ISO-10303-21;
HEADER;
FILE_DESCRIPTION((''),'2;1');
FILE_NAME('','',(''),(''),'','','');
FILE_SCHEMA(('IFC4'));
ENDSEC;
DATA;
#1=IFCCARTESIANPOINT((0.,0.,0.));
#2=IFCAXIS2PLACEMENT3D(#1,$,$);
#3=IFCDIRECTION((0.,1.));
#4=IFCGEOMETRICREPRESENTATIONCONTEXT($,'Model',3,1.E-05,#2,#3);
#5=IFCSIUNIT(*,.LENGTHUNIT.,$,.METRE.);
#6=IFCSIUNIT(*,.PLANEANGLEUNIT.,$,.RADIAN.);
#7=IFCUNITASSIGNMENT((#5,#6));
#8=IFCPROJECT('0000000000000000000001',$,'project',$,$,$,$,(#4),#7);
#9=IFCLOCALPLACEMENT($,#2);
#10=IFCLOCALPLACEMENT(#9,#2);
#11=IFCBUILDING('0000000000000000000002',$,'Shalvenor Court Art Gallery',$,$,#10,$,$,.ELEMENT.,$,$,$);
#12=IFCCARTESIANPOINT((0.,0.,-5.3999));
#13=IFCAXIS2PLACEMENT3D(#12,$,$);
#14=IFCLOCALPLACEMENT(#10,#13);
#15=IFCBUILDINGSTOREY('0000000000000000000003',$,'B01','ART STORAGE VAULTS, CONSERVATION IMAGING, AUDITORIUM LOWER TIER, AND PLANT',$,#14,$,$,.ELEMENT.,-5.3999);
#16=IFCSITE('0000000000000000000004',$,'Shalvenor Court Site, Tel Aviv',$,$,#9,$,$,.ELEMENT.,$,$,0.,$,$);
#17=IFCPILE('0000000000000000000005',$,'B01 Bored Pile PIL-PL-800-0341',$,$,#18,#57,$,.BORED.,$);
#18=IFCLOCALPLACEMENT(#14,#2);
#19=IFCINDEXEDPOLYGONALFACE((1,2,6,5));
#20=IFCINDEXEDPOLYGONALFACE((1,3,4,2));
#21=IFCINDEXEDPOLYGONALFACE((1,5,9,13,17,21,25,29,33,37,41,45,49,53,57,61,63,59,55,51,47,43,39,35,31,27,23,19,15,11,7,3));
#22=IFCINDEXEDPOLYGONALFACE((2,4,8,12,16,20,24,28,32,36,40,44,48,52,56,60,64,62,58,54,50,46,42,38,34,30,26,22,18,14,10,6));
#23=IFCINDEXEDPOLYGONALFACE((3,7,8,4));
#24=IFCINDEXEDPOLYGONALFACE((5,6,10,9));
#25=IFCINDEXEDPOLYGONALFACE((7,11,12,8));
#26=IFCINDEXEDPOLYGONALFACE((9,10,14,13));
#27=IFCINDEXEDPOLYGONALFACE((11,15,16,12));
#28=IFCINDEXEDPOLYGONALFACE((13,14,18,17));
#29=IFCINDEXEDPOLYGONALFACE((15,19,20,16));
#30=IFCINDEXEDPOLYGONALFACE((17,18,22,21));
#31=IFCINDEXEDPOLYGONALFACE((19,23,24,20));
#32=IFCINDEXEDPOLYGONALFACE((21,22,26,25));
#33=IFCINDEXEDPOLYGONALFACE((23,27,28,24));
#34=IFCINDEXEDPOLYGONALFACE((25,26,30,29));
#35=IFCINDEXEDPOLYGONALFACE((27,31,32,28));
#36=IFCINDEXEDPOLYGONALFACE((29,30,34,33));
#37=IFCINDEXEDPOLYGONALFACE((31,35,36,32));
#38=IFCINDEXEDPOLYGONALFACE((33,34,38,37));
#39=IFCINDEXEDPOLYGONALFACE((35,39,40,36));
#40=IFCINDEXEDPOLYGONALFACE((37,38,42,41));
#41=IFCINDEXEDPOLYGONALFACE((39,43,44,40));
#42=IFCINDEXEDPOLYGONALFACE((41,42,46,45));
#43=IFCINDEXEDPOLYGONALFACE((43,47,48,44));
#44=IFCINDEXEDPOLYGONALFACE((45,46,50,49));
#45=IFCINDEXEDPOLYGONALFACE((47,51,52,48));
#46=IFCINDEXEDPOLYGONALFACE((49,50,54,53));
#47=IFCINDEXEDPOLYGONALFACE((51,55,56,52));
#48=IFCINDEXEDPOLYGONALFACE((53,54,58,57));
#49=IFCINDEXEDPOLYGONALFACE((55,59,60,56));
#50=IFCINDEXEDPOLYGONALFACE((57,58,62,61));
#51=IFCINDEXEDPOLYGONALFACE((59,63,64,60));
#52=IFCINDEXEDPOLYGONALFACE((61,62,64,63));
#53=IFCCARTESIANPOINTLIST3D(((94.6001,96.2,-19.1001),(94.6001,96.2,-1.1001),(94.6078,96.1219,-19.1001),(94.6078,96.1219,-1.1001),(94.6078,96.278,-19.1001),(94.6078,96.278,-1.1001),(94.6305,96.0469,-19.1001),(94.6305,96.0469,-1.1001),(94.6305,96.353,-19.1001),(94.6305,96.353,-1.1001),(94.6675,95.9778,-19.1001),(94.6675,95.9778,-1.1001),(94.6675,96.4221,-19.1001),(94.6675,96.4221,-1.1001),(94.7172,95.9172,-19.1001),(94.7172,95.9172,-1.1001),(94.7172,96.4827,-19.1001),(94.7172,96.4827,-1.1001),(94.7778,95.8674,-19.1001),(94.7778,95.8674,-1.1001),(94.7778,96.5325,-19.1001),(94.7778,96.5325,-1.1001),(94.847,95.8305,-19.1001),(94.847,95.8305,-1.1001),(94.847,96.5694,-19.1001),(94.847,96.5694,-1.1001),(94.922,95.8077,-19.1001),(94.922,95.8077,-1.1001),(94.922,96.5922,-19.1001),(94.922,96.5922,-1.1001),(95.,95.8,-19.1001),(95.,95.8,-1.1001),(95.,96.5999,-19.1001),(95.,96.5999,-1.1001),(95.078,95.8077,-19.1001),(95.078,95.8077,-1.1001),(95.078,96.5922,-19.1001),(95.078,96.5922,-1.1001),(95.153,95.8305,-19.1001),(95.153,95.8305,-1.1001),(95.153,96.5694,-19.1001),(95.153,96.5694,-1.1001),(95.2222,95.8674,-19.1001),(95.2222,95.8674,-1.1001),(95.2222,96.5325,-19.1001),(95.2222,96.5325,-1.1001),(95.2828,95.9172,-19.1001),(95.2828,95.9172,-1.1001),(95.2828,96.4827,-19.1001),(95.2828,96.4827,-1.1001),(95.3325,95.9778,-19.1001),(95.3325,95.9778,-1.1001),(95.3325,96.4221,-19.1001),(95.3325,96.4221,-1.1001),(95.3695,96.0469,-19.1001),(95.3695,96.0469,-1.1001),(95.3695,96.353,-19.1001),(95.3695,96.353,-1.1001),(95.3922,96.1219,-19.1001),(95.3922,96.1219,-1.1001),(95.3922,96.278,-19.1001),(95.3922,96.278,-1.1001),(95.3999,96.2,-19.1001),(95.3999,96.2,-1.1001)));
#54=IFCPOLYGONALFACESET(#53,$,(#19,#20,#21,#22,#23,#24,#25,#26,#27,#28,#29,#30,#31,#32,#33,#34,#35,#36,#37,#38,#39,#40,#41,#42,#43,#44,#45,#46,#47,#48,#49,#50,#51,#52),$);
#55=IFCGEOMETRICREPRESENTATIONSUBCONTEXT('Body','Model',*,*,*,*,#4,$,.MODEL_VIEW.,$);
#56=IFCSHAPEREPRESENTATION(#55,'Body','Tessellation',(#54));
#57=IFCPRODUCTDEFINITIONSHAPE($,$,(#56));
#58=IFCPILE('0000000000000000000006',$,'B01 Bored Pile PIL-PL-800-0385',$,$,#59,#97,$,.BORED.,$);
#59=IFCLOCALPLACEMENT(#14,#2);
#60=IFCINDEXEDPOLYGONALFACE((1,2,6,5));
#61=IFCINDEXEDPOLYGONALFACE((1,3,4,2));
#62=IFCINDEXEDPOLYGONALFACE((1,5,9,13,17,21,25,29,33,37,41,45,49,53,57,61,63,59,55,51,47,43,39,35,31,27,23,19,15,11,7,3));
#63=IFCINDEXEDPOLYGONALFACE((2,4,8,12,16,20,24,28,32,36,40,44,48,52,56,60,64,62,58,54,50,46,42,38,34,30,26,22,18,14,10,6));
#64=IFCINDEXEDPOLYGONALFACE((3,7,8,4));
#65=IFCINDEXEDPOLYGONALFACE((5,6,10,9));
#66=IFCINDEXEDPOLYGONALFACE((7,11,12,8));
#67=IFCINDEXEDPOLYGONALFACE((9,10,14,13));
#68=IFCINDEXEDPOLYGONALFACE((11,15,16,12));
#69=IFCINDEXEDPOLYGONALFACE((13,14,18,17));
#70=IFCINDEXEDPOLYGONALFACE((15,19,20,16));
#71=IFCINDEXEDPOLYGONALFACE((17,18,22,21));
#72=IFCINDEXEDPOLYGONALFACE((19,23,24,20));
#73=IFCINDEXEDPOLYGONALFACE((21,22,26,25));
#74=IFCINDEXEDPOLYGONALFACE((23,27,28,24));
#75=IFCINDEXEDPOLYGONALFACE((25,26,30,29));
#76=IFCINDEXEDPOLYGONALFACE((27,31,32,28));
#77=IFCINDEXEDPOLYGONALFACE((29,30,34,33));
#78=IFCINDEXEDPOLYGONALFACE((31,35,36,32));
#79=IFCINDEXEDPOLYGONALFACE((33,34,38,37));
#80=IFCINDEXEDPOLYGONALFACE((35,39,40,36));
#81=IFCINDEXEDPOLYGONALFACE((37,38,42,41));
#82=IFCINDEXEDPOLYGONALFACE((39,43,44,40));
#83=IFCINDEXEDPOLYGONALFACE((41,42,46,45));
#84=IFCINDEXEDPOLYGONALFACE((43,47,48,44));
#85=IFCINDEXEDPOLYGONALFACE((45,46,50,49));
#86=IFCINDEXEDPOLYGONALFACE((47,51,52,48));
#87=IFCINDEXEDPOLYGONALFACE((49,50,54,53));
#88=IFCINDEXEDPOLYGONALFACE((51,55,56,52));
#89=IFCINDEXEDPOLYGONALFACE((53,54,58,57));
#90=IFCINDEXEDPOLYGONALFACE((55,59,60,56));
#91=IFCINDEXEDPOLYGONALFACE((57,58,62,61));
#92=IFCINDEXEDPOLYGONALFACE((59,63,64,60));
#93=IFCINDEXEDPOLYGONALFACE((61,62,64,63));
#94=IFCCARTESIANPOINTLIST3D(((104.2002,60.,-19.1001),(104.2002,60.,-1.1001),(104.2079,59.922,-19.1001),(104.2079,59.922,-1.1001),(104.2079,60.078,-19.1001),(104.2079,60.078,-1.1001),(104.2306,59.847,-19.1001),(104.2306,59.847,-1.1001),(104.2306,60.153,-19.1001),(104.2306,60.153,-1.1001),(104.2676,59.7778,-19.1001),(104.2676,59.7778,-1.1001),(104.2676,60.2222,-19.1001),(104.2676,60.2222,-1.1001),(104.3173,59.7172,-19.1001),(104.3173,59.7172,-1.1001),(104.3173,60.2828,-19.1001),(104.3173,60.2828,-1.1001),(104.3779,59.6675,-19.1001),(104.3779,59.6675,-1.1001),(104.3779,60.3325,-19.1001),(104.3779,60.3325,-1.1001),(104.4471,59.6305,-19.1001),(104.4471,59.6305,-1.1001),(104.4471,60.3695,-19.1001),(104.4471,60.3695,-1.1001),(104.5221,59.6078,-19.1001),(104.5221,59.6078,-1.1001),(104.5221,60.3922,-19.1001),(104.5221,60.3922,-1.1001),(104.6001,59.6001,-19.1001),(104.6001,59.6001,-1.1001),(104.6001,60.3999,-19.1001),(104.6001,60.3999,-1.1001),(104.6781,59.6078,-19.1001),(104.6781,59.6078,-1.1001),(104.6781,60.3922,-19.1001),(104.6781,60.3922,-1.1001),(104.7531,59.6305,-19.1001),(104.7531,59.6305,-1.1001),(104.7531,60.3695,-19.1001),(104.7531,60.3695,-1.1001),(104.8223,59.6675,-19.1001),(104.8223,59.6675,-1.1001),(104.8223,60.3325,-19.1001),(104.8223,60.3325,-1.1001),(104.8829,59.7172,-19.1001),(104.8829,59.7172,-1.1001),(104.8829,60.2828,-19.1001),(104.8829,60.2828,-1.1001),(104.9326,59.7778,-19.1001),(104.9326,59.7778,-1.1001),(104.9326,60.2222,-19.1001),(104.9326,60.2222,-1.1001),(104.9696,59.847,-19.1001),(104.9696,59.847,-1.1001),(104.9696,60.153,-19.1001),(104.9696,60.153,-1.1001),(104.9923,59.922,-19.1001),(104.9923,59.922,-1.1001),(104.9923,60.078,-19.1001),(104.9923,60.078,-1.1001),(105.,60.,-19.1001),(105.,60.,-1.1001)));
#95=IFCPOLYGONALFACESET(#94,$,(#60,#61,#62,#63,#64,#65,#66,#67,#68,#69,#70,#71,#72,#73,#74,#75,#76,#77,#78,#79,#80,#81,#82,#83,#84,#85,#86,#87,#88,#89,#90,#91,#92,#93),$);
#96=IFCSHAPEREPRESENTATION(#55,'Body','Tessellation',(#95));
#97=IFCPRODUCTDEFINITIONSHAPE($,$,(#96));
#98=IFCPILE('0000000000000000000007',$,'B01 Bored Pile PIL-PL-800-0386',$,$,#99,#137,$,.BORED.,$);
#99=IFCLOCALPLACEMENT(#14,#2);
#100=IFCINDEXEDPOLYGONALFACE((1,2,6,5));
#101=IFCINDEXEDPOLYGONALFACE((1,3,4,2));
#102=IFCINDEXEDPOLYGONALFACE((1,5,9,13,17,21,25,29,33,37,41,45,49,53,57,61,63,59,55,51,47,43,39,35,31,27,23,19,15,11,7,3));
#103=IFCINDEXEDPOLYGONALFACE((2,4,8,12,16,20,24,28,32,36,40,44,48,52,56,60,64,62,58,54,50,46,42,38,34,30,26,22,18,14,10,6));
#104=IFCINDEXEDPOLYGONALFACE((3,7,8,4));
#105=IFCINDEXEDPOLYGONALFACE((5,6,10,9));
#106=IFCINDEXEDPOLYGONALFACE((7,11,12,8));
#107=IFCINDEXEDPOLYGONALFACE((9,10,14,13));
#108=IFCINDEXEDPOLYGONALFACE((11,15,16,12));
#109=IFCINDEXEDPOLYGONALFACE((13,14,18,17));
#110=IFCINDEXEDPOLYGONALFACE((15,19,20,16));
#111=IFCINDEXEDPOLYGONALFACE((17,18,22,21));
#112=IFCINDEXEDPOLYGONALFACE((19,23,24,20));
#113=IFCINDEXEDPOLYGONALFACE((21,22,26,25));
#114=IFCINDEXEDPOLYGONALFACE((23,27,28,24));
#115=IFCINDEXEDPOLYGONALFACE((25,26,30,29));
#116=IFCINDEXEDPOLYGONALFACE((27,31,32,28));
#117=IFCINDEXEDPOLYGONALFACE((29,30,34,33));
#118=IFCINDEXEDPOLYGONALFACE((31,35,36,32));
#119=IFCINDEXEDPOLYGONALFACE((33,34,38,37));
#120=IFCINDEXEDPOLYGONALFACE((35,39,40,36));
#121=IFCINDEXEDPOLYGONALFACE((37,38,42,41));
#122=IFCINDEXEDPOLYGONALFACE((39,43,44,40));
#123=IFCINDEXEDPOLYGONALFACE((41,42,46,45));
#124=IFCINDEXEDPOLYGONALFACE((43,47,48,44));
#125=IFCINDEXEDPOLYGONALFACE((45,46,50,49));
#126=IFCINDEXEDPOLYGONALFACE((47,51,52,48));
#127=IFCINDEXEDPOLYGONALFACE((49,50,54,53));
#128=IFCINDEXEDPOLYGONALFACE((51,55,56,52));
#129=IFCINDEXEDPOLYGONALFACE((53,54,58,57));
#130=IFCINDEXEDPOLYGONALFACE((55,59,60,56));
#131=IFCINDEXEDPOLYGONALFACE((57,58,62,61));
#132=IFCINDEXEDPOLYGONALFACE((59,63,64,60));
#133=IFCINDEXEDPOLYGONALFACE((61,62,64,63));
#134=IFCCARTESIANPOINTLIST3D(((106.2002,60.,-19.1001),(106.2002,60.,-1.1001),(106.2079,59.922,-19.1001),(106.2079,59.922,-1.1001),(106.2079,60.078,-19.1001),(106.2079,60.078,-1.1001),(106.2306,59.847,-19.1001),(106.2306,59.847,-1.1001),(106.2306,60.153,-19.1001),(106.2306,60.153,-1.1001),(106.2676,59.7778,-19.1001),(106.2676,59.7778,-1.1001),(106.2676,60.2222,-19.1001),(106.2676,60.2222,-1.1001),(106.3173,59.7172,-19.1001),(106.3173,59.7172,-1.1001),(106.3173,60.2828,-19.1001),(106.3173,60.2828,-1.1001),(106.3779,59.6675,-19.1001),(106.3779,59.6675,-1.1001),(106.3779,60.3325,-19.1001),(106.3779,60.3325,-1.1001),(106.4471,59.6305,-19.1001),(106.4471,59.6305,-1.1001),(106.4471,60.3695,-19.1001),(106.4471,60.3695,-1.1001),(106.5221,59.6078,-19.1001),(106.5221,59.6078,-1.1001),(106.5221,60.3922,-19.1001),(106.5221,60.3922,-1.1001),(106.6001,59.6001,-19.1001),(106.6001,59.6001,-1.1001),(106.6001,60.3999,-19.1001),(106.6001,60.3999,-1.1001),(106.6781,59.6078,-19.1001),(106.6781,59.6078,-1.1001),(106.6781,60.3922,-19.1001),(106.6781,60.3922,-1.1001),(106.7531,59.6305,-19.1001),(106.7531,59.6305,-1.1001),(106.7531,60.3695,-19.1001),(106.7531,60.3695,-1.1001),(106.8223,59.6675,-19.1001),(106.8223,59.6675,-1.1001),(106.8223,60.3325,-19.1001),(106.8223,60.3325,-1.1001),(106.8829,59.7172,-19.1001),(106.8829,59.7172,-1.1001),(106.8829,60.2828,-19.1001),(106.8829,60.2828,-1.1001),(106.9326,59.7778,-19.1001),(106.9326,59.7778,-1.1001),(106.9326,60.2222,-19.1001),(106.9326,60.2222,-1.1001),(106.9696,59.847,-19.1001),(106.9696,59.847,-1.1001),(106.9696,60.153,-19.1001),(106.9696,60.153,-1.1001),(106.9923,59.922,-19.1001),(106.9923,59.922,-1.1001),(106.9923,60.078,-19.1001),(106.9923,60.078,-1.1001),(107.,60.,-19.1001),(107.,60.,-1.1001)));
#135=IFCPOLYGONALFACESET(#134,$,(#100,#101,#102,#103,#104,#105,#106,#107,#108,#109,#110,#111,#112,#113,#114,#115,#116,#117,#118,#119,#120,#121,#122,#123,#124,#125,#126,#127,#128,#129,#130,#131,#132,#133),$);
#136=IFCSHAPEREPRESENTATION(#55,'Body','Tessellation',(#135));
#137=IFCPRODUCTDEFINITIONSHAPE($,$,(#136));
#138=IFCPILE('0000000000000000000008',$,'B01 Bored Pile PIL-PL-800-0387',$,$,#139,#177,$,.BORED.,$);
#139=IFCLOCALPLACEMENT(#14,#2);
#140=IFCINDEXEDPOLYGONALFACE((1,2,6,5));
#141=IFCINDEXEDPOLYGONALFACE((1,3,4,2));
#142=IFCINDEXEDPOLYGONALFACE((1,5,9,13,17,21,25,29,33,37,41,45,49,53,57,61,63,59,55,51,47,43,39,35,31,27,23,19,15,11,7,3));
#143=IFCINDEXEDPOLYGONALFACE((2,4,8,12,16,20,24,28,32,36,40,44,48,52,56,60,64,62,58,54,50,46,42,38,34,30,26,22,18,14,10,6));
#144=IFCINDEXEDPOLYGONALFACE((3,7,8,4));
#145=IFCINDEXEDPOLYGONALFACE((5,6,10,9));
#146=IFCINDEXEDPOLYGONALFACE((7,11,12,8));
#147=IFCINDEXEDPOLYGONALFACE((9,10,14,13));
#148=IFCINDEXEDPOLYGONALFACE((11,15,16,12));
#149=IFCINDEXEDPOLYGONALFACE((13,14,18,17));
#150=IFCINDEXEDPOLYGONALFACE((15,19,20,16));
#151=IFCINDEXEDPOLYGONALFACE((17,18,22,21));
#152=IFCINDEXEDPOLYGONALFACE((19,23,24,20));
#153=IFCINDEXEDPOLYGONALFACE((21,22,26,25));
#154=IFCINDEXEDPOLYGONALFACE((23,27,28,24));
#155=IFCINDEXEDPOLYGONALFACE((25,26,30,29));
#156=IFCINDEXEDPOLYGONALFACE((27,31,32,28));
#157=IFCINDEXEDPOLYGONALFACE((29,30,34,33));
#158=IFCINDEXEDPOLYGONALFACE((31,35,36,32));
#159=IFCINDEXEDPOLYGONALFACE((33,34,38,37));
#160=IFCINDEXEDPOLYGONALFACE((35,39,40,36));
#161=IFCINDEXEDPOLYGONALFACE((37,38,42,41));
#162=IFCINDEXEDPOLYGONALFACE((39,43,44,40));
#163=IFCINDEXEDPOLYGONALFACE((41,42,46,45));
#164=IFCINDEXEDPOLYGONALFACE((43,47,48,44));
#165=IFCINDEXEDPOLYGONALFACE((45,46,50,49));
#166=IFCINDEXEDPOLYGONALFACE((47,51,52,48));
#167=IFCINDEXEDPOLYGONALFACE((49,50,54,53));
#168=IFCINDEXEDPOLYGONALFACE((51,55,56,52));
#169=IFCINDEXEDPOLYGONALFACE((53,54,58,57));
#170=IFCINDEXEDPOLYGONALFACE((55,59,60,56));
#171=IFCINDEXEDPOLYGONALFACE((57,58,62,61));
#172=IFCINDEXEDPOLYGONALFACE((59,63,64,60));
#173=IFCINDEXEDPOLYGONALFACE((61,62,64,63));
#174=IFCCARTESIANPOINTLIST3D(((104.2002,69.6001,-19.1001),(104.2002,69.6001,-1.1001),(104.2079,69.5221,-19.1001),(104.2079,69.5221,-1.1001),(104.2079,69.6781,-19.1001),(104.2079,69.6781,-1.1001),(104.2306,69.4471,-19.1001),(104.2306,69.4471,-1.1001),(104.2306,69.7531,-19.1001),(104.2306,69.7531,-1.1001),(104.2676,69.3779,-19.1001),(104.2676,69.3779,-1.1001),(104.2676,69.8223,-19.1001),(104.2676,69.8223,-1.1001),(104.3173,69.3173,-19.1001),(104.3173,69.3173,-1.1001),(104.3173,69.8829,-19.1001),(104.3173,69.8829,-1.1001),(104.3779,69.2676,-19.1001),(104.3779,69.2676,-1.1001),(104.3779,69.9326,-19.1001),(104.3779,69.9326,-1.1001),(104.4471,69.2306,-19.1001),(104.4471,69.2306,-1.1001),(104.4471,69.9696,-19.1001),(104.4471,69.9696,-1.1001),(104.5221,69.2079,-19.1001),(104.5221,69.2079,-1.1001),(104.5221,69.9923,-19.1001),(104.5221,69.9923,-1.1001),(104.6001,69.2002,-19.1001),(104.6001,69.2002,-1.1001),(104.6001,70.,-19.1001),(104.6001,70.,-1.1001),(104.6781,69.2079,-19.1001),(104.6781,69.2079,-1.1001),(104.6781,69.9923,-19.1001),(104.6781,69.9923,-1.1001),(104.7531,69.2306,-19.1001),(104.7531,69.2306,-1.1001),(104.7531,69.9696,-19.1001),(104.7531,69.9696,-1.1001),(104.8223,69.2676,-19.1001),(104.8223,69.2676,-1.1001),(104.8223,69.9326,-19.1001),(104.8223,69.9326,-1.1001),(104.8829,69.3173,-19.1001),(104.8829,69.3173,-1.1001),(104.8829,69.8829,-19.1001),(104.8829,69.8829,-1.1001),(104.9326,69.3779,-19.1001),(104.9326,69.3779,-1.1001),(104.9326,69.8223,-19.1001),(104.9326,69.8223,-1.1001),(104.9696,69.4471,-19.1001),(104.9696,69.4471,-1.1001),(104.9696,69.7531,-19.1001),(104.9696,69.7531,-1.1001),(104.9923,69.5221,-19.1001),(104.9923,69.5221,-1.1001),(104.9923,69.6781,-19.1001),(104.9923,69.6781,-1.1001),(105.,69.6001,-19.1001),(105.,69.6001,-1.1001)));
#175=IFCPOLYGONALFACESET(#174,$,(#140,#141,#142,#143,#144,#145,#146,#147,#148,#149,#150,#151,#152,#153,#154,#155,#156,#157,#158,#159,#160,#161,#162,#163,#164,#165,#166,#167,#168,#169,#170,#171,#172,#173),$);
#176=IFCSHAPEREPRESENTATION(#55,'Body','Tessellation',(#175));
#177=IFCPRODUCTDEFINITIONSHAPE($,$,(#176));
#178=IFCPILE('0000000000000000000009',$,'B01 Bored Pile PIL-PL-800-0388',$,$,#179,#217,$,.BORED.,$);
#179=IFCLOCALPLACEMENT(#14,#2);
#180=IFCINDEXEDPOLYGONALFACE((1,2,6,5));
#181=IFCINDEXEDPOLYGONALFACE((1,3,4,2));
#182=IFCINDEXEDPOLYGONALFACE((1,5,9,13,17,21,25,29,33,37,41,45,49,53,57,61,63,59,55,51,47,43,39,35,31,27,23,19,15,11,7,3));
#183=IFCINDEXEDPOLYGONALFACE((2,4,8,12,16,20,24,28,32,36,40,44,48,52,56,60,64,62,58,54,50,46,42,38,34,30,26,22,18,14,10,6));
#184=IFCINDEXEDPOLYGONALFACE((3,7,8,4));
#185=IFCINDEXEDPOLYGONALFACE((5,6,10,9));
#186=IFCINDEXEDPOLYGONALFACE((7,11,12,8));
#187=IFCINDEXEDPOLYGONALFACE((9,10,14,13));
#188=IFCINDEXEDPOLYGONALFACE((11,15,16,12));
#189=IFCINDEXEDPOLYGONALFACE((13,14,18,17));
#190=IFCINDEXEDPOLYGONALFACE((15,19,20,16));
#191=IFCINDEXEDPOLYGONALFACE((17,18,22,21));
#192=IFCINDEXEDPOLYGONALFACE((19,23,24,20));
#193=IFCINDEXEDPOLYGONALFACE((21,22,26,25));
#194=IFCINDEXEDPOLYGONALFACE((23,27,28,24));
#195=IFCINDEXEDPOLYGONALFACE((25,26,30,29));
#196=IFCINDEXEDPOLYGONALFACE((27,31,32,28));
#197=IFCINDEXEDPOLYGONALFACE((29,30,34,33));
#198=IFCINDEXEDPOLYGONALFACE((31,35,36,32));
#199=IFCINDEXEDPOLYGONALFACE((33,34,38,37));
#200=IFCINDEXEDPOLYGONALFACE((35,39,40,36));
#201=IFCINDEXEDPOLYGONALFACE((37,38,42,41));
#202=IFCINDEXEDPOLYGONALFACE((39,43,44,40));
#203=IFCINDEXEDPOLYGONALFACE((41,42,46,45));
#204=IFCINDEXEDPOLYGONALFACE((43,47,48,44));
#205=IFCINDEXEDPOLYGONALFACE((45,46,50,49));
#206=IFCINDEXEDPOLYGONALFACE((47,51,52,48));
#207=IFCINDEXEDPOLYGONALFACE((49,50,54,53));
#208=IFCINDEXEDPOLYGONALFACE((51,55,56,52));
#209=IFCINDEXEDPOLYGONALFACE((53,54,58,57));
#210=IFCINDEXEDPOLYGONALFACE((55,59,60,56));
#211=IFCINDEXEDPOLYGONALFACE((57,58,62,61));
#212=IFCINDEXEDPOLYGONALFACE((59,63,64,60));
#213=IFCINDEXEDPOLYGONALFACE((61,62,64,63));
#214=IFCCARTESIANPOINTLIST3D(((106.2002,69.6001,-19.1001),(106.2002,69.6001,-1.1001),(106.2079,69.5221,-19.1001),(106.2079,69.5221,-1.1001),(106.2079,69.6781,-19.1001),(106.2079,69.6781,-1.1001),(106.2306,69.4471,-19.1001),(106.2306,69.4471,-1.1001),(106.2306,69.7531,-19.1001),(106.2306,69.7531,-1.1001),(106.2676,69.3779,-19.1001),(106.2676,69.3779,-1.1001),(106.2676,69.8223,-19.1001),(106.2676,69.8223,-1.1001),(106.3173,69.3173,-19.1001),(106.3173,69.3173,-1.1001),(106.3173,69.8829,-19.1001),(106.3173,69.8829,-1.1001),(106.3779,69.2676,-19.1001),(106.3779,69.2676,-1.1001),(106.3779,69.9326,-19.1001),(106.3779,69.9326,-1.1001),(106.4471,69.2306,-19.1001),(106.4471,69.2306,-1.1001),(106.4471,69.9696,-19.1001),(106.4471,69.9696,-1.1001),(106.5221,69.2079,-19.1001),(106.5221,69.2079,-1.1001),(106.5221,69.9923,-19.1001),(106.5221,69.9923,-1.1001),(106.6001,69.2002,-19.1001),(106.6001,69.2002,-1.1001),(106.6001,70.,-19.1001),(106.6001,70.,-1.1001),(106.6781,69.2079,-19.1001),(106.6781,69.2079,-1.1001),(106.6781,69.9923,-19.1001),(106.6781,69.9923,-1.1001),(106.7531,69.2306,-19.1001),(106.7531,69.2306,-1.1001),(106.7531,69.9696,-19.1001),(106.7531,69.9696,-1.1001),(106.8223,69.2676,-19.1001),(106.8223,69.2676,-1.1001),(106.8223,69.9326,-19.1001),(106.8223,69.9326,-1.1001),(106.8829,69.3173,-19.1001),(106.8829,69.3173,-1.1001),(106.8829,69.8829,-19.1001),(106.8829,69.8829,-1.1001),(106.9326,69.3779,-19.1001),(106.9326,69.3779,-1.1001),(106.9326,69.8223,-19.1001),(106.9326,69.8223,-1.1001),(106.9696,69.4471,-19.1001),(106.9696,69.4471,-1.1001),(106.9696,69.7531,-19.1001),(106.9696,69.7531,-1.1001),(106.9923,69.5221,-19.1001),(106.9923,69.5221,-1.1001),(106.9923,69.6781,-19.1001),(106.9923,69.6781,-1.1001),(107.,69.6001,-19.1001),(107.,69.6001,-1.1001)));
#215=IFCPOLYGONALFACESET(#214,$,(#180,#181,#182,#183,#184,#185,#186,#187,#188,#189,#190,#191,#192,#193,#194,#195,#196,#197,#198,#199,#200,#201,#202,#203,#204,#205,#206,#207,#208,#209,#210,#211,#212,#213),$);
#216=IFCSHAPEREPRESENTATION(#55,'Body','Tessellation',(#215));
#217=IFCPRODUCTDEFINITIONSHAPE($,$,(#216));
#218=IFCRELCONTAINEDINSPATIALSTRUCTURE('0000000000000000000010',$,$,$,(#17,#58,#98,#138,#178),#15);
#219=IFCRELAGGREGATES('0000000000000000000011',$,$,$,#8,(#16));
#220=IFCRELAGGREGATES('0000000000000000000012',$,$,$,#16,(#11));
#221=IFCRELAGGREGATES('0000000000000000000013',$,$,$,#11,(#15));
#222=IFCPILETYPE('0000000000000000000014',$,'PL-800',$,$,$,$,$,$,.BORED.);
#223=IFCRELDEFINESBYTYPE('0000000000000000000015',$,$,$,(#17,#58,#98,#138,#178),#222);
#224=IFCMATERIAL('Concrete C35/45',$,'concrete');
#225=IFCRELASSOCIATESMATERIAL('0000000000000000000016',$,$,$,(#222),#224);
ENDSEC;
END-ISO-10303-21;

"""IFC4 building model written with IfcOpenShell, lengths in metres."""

from ifc_helpers import new_model, si_unit, direction, frame, origin, origin_2d, place, context, subcontext, project, spatial, circle, extrude, material, material_profile, profile_set, type_object, element, save


model = new_model("IFC4")

# Units and contexts
model_context = context("Model", 3, precision=1e-05, world=origin(), true_north=direction((0.0, 1.0)))
body_context = subcontext(model_context, "Body", "Model", "MODEL_VIEW")
ifc_project = project(units=[si_unit("LENGTHUNIT", "METRE"), si_unit("PLANEANGLEUNIT", "RADIAN")], contexts=[model_context])

# Site, building, storey
site_placement = place(None, origin())
site = spatial("IfcSite", under=ifc_project, at=site_placement, Name="Shalvenor Court Site, Tel Aviv", CompositionType="ELEMENT", RefElevation=0.0)
building_placement = place(site_placement, origin())
building = spatial("IfcBuilding", under=site, at=building_placement, Name="Shalvenor Court Art Gallery", CompositionType="ELEMENT")
storey_placement = place(building_placement, frame((0.0, 0.0, -5.3999)))
storey = spatial("IfcBuildingStorey", under=building, at=storey_placement, Name="B01", Description="ART STORAGE VAULTS, CONSERVATION IMAGING, AUDITORIUM LOWER TIER, AND PLANT", CompositionType="ELEMENT", Elevation=-5.3999)

# Piles
ifc_material_1 = material(Name="Concrete C35/45", Category="concrete")
ifc_material_profile_1 = material_profile(ifc_material_1, circle(Radius=0.3999, at=origin_2d()), Name="PILE 800")
ifc_profile_set_1 = profile_set([ifc_material_profile_1], Name="Concrete C35/45")
pile_type_1 = type_object("IfcPileType", Name="PL-800", PredefinedType="BORED", material=ifc_profile_set_1)
for number, where, z_axis, x_axis, name in (
    (1, (95.0, 96.2, -1.1001), (0.0, 0.0, -1.0), (1.0, 0.0, 0.0), "B01 Bored Pile PIL-PL-800-0341"),
    (2, (104.6001, 60.0, -1.1001), (0.0, 0.0, -1.0), (1.0, 0.0, 0.0), "B01 Bored Pile PIL-PL-800-0385"),
    (3, (106.6001, 60.0, -1.1001), (0.0, 0.0, -1.0), (1.0, 0.0, 0.0), "B01 Bored Pile PIL-PL-800-0386"),
    (4, (104.6001, 69.6001, -1.1001), (0.0, 0.0, -1.0), (1.0, 0.0, 0.0), "B01 Bored Pile PIL-PL-800-0387"),
    (5, (106.6001, 69.6001, -1.1001), (0.0, 0.0, -1.0), (1.0, 0.0, 0.0), "B01 Bored Pile PIL-PL-800-0388"),
):
    element("IfcPile", number, at=place(storey_placement, frame(where, z_axis=z_axis, x_axis=x_axis)), inside=storey, type_object=pile_type_1, Name=name, PredefinedType="BORED", context=body_context, shape_type="SweptSolid", body=[
        extrude(circle(Radius=0.3999, at=origin_2d()), origin(), (0.0, 0.0, 1.0), 18.0),
    ])

save(model, "model.ifc")
